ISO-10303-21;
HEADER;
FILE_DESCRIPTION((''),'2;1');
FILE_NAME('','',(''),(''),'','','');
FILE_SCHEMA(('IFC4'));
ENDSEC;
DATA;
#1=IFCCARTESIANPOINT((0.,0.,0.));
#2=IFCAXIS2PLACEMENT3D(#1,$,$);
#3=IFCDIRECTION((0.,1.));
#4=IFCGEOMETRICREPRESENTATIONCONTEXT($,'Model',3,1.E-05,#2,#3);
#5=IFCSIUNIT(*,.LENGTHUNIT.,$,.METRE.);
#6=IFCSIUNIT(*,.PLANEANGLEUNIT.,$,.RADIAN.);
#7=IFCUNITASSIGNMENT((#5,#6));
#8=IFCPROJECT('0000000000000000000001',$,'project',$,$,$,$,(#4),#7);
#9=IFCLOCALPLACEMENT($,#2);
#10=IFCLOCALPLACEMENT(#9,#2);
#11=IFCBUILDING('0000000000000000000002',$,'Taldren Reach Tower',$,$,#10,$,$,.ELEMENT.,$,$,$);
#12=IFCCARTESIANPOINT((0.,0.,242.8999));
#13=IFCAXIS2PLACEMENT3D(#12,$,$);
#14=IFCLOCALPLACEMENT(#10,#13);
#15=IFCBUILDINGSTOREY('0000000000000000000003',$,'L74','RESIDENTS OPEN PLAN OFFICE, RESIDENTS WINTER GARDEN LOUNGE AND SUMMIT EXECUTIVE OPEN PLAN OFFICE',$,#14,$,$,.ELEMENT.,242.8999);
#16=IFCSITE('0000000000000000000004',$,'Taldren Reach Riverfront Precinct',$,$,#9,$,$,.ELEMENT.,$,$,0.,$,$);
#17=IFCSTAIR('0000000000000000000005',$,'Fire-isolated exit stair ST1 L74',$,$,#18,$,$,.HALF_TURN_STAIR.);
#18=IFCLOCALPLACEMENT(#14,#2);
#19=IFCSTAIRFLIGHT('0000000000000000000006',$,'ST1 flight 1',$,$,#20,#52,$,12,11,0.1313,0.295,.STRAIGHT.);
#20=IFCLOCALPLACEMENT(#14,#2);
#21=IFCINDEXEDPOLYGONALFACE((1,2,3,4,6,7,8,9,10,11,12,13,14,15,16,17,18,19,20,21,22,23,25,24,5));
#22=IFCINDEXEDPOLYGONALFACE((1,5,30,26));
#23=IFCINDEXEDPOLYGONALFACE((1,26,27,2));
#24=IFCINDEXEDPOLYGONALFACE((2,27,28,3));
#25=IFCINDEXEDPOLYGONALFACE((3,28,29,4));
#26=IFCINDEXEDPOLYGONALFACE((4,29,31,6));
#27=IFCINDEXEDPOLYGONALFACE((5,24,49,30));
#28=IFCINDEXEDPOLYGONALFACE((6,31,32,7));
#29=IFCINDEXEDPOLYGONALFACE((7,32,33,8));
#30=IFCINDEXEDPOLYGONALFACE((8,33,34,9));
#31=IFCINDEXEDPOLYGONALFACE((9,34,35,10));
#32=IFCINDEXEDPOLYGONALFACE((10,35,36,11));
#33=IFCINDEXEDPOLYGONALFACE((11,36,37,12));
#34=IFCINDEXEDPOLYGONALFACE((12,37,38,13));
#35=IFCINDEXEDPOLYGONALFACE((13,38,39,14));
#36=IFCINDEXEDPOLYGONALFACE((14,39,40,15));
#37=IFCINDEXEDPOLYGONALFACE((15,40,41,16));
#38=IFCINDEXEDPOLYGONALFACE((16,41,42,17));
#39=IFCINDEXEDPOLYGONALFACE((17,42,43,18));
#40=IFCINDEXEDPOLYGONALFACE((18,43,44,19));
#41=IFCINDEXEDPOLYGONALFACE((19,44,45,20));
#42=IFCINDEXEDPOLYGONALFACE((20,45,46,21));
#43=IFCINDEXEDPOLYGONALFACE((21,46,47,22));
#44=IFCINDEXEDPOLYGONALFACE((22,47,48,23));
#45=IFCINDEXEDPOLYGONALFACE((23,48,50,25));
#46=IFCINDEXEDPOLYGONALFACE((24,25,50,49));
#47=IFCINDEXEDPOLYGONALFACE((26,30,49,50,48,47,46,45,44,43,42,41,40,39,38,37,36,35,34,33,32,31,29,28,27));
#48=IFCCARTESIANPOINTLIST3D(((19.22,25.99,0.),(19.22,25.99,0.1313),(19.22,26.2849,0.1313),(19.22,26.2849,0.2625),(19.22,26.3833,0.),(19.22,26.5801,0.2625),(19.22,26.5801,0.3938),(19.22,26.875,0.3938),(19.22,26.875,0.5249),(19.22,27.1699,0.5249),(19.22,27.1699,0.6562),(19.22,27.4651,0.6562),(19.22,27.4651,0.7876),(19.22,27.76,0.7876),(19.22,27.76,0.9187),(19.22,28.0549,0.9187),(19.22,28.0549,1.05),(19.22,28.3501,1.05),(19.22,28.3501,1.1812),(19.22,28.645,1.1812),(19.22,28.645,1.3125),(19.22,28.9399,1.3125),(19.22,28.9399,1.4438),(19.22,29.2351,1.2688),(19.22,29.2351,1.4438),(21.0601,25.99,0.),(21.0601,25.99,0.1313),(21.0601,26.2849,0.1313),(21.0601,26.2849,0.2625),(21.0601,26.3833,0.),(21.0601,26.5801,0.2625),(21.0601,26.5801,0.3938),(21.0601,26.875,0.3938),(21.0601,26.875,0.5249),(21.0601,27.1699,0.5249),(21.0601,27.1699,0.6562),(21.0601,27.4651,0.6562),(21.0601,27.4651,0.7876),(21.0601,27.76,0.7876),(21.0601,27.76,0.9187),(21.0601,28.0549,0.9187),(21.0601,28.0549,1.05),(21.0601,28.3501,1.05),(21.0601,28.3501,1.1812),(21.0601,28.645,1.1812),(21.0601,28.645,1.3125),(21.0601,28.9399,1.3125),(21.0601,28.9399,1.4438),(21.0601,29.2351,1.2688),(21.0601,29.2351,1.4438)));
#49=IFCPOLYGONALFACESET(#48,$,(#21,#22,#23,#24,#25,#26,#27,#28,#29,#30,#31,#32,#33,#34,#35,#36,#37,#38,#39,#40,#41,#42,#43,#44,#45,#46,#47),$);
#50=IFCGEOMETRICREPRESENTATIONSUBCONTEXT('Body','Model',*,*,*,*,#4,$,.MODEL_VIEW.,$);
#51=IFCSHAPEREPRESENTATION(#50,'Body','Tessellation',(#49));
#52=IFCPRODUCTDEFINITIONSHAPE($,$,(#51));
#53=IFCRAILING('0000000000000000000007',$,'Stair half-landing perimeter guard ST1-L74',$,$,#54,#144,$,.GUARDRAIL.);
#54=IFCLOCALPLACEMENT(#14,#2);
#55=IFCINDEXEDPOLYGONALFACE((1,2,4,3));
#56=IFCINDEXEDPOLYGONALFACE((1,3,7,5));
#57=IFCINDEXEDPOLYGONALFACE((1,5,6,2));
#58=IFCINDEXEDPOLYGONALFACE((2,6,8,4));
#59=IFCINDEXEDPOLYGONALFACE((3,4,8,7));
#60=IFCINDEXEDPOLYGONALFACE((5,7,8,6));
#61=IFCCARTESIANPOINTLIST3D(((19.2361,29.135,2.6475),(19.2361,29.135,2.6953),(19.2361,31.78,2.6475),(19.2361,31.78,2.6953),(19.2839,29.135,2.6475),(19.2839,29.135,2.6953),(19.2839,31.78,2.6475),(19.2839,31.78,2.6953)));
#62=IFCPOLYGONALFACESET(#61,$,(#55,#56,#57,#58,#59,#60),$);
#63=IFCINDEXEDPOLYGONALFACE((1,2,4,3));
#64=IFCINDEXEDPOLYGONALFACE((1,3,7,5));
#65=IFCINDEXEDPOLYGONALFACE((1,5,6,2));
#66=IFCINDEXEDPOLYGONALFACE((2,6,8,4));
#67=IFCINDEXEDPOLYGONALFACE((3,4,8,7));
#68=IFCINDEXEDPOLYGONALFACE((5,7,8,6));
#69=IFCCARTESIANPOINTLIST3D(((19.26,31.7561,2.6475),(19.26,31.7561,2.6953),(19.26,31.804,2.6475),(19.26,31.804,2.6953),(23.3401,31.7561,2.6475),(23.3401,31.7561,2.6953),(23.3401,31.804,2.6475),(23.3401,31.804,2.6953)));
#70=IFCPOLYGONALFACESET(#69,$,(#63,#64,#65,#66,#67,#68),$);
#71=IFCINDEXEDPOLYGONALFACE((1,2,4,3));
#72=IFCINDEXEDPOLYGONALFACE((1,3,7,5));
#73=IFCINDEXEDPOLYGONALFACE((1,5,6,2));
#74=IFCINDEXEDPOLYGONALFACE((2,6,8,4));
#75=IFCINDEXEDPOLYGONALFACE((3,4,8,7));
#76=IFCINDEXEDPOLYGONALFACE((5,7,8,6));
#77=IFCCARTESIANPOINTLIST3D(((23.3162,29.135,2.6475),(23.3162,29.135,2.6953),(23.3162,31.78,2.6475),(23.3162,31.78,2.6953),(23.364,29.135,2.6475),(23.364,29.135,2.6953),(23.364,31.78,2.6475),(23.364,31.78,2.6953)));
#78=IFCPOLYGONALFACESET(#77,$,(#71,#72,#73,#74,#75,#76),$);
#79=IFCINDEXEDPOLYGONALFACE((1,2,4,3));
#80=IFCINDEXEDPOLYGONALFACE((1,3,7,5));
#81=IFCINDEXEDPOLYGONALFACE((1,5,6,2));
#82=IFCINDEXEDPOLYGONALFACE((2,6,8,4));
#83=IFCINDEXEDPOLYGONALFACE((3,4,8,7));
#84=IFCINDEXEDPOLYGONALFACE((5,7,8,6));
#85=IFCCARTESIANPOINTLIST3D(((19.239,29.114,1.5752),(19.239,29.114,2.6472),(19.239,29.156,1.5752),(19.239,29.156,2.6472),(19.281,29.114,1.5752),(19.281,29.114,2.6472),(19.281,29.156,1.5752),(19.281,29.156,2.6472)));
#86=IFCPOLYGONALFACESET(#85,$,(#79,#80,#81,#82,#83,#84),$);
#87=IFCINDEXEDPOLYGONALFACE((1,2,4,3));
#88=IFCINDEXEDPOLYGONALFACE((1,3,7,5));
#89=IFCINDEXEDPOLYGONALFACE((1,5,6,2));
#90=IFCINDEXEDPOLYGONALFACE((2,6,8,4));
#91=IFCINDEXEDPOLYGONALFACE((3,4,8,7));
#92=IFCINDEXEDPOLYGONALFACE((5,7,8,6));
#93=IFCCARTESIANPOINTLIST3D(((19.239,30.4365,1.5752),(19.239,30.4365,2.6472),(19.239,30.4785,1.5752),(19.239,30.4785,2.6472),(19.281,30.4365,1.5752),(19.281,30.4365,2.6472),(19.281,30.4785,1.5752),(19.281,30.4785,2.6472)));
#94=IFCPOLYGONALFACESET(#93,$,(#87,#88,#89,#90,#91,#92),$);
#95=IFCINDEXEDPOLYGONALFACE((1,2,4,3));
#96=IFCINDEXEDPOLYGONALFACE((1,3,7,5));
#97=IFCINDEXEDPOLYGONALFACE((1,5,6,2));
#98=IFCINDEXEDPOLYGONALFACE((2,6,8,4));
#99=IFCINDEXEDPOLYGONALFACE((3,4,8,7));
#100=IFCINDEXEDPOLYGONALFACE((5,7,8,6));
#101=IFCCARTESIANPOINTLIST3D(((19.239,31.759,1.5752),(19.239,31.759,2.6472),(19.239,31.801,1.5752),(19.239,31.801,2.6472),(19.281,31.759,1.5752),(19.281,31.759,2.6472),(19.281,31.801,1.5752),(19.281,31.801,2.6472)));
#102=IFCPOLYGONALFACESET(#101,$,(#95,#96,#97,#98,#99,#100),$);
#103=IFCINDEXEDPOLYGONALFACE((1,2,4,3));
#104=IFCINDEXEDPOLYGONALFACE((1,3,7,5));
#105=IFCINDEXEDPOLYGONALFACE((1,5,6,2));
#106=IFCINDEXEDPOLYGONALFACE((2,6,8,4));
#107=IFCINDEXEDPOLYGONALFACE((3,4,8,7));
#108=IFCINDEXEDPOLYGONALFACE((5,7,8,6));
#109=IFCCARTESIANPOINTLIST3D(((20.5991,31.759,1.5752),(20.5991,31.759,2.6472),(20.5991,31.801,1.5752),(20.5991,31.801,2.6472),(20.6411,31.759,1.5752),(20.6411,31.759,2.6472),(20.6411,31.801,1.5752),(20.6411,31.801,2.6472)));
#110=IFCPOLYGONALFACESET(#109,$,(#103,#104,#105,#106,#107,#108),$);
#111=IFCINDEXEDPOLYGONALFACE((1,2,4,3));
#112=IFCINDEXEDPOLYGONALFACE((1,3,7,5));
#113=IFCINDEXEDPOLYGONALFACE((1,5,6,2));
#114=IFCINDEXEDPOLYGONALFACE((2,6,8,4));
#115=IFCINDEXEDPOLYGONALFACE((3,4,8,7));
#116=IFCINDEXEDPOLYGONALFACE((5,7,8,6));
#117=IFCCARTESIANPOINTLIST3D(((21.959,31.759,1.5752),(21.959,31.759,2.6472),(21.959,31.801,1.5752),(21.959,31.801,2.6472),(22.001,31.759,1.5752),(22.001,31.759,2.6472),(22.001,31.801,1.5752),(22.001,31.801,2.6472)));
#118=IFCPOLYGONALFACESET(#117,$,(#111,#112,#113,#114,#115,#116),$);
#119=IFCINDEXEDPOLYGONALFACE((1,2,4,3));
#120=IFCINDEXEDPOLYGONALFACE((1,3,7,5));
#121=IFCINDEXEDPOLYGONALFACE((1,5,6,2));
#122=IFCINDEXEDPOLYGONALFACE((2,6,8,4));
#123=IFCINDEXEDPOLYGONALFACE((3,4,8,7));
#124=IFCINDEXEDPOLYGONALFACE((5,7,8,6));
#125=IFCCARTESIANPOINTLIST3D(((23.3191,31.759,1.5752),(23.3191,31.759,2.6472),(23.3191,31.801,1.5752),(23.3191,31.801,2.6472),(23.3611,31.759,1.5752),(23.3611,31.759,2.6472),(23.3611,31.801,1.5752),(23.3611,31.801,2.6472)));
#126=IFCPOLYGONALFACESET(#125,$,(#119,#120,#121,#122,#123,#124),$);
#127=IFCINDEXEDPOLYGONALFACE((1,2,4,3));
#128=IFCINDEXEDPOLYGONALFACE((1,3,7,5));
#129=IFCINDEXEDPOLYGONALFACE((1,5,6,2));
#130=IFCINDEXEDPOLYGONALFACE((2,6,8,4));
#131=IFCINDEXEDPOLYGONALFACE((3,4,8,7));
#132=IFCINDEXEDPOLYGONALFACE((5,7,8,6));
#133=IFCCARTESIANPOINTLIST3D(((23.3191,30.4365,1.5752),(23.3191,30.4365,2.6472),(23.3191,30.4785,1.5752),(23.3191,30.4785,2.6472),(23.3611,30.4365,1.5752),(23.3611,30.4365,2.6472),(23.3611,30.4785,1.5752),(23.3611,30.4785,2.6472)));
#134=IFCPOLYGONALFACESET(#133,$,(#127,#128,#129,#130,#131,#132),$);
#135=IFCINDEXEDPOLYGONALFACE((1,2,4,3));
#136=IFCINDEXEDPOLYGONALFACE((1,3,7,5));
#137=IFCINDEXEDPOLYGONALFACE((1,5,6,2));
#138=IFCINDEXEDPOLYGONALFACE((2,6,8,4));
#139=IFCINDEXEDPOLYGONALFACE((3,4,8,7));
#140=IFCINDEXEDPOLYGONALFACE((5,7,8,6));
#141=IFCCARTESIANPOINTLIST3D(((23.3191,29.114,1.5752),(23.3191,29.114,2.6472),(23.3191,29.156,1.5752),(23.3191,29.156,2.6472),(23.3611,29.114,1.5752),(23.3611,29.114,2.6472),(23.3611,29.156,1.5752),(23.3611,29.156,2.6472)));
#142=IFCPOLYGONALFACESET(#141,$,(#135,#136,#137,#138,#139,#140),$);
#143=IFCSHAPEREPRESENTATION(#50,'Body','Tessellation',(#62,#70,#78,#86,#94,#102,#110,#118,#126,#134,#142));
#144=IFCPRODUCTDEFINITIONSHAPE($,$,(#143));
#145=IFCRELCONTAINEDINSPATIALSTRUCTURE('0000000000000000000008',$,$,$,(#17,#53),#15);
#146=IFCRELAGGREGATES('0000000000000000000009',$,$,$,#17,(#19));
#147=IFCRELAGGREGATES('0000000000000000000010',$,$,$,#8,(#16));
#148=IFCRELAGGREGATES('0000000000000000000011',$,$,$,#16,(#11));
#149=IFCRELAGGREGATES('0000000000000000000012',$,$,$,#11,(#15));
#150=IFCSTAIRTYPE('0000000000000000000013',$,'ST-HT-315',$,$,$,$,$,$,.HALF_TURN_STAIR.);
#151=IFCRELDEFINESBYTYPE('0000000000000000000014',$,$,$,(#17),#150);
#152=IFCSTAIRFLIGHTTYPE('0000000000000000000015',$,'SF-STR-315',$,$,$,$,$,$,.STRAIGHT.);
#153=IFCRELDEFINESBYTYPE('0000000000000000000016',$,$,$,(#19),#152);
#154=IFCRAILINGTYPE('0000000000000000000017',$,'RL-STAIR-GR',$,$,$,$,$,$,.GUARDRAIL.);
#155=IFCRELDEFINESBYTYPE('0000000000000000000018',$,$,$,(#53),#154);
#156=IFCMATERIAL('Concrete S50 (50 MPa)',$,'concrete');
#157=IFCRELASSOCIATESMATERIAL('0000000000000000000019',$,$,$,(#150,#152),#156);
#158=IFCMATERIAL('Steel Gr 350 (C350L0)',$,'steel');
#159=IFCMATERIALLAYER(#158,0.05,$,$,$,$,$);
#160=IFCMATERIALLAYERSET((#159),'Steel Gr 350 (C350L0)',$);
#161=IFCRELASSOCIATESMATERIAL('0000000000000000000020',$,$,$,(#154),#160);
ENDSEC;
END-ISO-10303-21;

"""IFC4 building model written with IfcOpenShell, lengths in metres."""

from ifc_helpers import new_model, si_unit, direction, frame, origin, origin_2d, place, context, subcontext, project, spatial, polyline, rectangle, outline, extrude, material, layer, layer_set, type_object, element, aggregate, save


model = new_model("IFC4")

# Units and contexts
model_context = context("Model", 3, precision=1e-05, world=origin(), true_north=direction((0.0, 1.0)))
body_context = subcontext(model_context, "Body", "Model", "MODEL_VIEW")
ifc_project = project(units=[si_unit("LENGTHUNIT", "METRE"), si_unit("PLANEANGLEUNIT", "RADIAN")], contexts=[model_context])

# Site, building, storey
site_placement = place(None, origin())
site = spatial("IfcSite", under=ifc_project, at=site_placement, Name="Taldren Reach Riverfront Precinct", CompositionType="ELEMENT", RefElevation=0.0)
building_placement = place(site_placement, origin())
building = spatial("IfcBuilding", under=site, at=building_placement, Name="Taldren Reach Tower", CompositionType="ELEMENT")
storey_placement = place(building_placement, frame((0.0, 0.0, 242.8999)))
storey = spatial("IfcBuildingStorey", under=building, at=storey_placement, Name="L74", Description="RESIDENTS OPEN PLAN OFFICE, RESIDENTS WINTER GARDEN LOUNGE AND SUMMIT EXECUTIVE OPEN PLAN OFFICE", CompositionType="ELEMENT", Elevation=242.8999)

# Shared definitions
ifc_material_1 = material(Name="Steel Gr 350 (C350L0)", Category="steel")

# Stair, stair flight
ifc_material_2 = material(Name="Concrete S50 (50 MPa)", Category="concrete")
stair_type = type_object("IfcStairType", Name="ST-HT-315", PredefinedType="HALF_TURN_STAIR", material=ifc_material_2)
stair_placement = place(storey_placement, origin())
stair = element("IfcStair", 1, at=stair_placement, inside=storey, type_object=stair_type, Name="Fire-isolated exit stair ST1 L74", PredefinedType="HALF_TURN_STAIR")
stair_flight_type = type_object("IfcStairFlightType", Name="SF-STR-315", PredefinedType="STRAIGHT", material=ifc_material_2)
stair_flight_placement = place(storey_placement, frame((20.1399, 25.99, 0.0), z_axis=(0.0, 0.0, 1.0), x_axis=(0.0, 1.0, 0.0)))
stair_flight = element("IfcStairFlight", 2, at=stair_flight_placement, type_object=stair_flight_type, Name="ST1 flight 1", NumberOfRisers=12, NumberOfTreads=11, PredefinedType="STRAIGHT", RiserHeight=0.1313, TreadLength=0.295, context=body_context, shape_type="SweptSolid", body=[
    extrude(outline(polyline([(0.0, 0.0), (0.0, 0.1313), (0.2949, 0.1313), (0.2949, 0.2625), (0.5901, 0.2625), (0.5901, 0.3938), (0.885, 0.3938), (0.885, 0.5249), (1.1799, 0.5249), (1.1799, 0.6562), (1.4751, 0.6562), (1.4751, 0.7876), (1.77, 0.7876), (1.77, 0.9187), (2.0649, 0.9187), (2.0649, 1.05), (2.3601, 1.05), (2.3601, 1.1812), (2.655, 1.1812), (2.655, 1.3125), (2.95, 1.3125), (2.95, 1.4438), (3.2451, 1.4438), (3.2451, 1.575), (3.2451, 1.2688), (0.3933, 0.0), (0.0, 0.0)])), frame((0.0, 0.9199, 0.0), z_axis=(0.0, -1.0, 0.0), x_axis=(1.0, 0.0, 0.0)), (0.0, 0.0, 1.0), 1.8401),
])
aggregate(stair, [stair_flight])

# Railing
ifc_layer_1 = layer(ifc_material_1, 0.05)
ifc_layer_set_1 = layer_set([ifc_layer_1], Name="Steel Gr 350 (C350L0)")
railing_type_1 = type_object("IfcRailingType", Name="RL-STAIR-GR", PredefinedType="GUARDRAIL", material=ifc_layer_set_1)
railing_1_placement = place(storey_placement, frame((19.26, 29.135, 1.5752)))
element("IfcRailing", 3, at=railing_1_placement, inside=storey, type_object=railing_type_1, Name="Stair half-landing perimeter guard ST1-L74", PredefinedType="GUARDRAIL", context=body_context, shape_type="SweptSolid", body=[
    extrude(rectangle(XDim=0.0479, YDim=0.0479, at=origin_2d()), frame((0.0, 0.0, 1.0962), z_axis=(0.0, 1.0, 0.0), x_axis=(-1.0, 0.0, 0.0)), (0.0, 0.0, 1.0), 2.645),
    extrude(rectangle(XDim=0.0479, YDim=0.0479, at=origin_2d()), frame((0.0, 2.645, 1.0962), z_axis=(1.0, 0.0, 0.0), x_axis=(0.0, 1.0, 0.0)), (0.0, 0.0, 1.0), 4.0801),
    extrude(rectangle(XDim=0.0479, YDim=0.0479, at=origin_2d()), frame((4.0801, 2.645, 1.0962), z_axis=(0.0, -1.0, 0.0), x_axis=(1.0, 0.0, 0.0)), (0.0, 0.0, 1.0), 2.645),
    extrude(rectangle(XDim=0.042, YDim=0.042, at=origin_2d()), origin(), (0.0, 0.0, 1.0), 1.072),
    extrude(rectangle(XDim=0.042, YDim=0.042, at=origin_2d()), frame((0.0, 1.3225, 0.0)), (0.0, 0.0, 1.0), 1.072),
    extrude(rectangle(XDim=0.042, YDim=0.042, at=origin_2d()), frame((0.0, 2.645, 0.0)), (0.0, 0.0, 1.0), 1.072),
    extrude(rectangle(XDim=0.042, YDim=0.042, at=origin_2d()), frame((1.3601, 2.645, 0.0)), (0.0, 0.0, 1.0), 1.072),
    extrude(rectangle(XDim=0.042, YDim=0.042, at=origin_2d()), frame((2.72, 2.645, 0.0)), (0.0, 0.0, 1.0), 1.072),
    extrude(rectangle(XDim=0.042, YDim=0.042, at=origin_2d()), frame((4.0801, 2.645, 0.0)), (0.0, 0.0, 1.0), 1.072),
    extrude(rectangle(XDim=0.042, YDim=0.042, at=origin_2d()), frame((4.0801, 1.3225, 0.0)), (0.0, 0.0, 1.0), 1.072),
    extrude(rectangle(XDim=0.042, YDim=0.042, at=origin_2d()), frame((4.0801, 0.0, 0.0)), (0.0, 0.0, 1.0), 1.072),
])

save(model, "model.ifc")
